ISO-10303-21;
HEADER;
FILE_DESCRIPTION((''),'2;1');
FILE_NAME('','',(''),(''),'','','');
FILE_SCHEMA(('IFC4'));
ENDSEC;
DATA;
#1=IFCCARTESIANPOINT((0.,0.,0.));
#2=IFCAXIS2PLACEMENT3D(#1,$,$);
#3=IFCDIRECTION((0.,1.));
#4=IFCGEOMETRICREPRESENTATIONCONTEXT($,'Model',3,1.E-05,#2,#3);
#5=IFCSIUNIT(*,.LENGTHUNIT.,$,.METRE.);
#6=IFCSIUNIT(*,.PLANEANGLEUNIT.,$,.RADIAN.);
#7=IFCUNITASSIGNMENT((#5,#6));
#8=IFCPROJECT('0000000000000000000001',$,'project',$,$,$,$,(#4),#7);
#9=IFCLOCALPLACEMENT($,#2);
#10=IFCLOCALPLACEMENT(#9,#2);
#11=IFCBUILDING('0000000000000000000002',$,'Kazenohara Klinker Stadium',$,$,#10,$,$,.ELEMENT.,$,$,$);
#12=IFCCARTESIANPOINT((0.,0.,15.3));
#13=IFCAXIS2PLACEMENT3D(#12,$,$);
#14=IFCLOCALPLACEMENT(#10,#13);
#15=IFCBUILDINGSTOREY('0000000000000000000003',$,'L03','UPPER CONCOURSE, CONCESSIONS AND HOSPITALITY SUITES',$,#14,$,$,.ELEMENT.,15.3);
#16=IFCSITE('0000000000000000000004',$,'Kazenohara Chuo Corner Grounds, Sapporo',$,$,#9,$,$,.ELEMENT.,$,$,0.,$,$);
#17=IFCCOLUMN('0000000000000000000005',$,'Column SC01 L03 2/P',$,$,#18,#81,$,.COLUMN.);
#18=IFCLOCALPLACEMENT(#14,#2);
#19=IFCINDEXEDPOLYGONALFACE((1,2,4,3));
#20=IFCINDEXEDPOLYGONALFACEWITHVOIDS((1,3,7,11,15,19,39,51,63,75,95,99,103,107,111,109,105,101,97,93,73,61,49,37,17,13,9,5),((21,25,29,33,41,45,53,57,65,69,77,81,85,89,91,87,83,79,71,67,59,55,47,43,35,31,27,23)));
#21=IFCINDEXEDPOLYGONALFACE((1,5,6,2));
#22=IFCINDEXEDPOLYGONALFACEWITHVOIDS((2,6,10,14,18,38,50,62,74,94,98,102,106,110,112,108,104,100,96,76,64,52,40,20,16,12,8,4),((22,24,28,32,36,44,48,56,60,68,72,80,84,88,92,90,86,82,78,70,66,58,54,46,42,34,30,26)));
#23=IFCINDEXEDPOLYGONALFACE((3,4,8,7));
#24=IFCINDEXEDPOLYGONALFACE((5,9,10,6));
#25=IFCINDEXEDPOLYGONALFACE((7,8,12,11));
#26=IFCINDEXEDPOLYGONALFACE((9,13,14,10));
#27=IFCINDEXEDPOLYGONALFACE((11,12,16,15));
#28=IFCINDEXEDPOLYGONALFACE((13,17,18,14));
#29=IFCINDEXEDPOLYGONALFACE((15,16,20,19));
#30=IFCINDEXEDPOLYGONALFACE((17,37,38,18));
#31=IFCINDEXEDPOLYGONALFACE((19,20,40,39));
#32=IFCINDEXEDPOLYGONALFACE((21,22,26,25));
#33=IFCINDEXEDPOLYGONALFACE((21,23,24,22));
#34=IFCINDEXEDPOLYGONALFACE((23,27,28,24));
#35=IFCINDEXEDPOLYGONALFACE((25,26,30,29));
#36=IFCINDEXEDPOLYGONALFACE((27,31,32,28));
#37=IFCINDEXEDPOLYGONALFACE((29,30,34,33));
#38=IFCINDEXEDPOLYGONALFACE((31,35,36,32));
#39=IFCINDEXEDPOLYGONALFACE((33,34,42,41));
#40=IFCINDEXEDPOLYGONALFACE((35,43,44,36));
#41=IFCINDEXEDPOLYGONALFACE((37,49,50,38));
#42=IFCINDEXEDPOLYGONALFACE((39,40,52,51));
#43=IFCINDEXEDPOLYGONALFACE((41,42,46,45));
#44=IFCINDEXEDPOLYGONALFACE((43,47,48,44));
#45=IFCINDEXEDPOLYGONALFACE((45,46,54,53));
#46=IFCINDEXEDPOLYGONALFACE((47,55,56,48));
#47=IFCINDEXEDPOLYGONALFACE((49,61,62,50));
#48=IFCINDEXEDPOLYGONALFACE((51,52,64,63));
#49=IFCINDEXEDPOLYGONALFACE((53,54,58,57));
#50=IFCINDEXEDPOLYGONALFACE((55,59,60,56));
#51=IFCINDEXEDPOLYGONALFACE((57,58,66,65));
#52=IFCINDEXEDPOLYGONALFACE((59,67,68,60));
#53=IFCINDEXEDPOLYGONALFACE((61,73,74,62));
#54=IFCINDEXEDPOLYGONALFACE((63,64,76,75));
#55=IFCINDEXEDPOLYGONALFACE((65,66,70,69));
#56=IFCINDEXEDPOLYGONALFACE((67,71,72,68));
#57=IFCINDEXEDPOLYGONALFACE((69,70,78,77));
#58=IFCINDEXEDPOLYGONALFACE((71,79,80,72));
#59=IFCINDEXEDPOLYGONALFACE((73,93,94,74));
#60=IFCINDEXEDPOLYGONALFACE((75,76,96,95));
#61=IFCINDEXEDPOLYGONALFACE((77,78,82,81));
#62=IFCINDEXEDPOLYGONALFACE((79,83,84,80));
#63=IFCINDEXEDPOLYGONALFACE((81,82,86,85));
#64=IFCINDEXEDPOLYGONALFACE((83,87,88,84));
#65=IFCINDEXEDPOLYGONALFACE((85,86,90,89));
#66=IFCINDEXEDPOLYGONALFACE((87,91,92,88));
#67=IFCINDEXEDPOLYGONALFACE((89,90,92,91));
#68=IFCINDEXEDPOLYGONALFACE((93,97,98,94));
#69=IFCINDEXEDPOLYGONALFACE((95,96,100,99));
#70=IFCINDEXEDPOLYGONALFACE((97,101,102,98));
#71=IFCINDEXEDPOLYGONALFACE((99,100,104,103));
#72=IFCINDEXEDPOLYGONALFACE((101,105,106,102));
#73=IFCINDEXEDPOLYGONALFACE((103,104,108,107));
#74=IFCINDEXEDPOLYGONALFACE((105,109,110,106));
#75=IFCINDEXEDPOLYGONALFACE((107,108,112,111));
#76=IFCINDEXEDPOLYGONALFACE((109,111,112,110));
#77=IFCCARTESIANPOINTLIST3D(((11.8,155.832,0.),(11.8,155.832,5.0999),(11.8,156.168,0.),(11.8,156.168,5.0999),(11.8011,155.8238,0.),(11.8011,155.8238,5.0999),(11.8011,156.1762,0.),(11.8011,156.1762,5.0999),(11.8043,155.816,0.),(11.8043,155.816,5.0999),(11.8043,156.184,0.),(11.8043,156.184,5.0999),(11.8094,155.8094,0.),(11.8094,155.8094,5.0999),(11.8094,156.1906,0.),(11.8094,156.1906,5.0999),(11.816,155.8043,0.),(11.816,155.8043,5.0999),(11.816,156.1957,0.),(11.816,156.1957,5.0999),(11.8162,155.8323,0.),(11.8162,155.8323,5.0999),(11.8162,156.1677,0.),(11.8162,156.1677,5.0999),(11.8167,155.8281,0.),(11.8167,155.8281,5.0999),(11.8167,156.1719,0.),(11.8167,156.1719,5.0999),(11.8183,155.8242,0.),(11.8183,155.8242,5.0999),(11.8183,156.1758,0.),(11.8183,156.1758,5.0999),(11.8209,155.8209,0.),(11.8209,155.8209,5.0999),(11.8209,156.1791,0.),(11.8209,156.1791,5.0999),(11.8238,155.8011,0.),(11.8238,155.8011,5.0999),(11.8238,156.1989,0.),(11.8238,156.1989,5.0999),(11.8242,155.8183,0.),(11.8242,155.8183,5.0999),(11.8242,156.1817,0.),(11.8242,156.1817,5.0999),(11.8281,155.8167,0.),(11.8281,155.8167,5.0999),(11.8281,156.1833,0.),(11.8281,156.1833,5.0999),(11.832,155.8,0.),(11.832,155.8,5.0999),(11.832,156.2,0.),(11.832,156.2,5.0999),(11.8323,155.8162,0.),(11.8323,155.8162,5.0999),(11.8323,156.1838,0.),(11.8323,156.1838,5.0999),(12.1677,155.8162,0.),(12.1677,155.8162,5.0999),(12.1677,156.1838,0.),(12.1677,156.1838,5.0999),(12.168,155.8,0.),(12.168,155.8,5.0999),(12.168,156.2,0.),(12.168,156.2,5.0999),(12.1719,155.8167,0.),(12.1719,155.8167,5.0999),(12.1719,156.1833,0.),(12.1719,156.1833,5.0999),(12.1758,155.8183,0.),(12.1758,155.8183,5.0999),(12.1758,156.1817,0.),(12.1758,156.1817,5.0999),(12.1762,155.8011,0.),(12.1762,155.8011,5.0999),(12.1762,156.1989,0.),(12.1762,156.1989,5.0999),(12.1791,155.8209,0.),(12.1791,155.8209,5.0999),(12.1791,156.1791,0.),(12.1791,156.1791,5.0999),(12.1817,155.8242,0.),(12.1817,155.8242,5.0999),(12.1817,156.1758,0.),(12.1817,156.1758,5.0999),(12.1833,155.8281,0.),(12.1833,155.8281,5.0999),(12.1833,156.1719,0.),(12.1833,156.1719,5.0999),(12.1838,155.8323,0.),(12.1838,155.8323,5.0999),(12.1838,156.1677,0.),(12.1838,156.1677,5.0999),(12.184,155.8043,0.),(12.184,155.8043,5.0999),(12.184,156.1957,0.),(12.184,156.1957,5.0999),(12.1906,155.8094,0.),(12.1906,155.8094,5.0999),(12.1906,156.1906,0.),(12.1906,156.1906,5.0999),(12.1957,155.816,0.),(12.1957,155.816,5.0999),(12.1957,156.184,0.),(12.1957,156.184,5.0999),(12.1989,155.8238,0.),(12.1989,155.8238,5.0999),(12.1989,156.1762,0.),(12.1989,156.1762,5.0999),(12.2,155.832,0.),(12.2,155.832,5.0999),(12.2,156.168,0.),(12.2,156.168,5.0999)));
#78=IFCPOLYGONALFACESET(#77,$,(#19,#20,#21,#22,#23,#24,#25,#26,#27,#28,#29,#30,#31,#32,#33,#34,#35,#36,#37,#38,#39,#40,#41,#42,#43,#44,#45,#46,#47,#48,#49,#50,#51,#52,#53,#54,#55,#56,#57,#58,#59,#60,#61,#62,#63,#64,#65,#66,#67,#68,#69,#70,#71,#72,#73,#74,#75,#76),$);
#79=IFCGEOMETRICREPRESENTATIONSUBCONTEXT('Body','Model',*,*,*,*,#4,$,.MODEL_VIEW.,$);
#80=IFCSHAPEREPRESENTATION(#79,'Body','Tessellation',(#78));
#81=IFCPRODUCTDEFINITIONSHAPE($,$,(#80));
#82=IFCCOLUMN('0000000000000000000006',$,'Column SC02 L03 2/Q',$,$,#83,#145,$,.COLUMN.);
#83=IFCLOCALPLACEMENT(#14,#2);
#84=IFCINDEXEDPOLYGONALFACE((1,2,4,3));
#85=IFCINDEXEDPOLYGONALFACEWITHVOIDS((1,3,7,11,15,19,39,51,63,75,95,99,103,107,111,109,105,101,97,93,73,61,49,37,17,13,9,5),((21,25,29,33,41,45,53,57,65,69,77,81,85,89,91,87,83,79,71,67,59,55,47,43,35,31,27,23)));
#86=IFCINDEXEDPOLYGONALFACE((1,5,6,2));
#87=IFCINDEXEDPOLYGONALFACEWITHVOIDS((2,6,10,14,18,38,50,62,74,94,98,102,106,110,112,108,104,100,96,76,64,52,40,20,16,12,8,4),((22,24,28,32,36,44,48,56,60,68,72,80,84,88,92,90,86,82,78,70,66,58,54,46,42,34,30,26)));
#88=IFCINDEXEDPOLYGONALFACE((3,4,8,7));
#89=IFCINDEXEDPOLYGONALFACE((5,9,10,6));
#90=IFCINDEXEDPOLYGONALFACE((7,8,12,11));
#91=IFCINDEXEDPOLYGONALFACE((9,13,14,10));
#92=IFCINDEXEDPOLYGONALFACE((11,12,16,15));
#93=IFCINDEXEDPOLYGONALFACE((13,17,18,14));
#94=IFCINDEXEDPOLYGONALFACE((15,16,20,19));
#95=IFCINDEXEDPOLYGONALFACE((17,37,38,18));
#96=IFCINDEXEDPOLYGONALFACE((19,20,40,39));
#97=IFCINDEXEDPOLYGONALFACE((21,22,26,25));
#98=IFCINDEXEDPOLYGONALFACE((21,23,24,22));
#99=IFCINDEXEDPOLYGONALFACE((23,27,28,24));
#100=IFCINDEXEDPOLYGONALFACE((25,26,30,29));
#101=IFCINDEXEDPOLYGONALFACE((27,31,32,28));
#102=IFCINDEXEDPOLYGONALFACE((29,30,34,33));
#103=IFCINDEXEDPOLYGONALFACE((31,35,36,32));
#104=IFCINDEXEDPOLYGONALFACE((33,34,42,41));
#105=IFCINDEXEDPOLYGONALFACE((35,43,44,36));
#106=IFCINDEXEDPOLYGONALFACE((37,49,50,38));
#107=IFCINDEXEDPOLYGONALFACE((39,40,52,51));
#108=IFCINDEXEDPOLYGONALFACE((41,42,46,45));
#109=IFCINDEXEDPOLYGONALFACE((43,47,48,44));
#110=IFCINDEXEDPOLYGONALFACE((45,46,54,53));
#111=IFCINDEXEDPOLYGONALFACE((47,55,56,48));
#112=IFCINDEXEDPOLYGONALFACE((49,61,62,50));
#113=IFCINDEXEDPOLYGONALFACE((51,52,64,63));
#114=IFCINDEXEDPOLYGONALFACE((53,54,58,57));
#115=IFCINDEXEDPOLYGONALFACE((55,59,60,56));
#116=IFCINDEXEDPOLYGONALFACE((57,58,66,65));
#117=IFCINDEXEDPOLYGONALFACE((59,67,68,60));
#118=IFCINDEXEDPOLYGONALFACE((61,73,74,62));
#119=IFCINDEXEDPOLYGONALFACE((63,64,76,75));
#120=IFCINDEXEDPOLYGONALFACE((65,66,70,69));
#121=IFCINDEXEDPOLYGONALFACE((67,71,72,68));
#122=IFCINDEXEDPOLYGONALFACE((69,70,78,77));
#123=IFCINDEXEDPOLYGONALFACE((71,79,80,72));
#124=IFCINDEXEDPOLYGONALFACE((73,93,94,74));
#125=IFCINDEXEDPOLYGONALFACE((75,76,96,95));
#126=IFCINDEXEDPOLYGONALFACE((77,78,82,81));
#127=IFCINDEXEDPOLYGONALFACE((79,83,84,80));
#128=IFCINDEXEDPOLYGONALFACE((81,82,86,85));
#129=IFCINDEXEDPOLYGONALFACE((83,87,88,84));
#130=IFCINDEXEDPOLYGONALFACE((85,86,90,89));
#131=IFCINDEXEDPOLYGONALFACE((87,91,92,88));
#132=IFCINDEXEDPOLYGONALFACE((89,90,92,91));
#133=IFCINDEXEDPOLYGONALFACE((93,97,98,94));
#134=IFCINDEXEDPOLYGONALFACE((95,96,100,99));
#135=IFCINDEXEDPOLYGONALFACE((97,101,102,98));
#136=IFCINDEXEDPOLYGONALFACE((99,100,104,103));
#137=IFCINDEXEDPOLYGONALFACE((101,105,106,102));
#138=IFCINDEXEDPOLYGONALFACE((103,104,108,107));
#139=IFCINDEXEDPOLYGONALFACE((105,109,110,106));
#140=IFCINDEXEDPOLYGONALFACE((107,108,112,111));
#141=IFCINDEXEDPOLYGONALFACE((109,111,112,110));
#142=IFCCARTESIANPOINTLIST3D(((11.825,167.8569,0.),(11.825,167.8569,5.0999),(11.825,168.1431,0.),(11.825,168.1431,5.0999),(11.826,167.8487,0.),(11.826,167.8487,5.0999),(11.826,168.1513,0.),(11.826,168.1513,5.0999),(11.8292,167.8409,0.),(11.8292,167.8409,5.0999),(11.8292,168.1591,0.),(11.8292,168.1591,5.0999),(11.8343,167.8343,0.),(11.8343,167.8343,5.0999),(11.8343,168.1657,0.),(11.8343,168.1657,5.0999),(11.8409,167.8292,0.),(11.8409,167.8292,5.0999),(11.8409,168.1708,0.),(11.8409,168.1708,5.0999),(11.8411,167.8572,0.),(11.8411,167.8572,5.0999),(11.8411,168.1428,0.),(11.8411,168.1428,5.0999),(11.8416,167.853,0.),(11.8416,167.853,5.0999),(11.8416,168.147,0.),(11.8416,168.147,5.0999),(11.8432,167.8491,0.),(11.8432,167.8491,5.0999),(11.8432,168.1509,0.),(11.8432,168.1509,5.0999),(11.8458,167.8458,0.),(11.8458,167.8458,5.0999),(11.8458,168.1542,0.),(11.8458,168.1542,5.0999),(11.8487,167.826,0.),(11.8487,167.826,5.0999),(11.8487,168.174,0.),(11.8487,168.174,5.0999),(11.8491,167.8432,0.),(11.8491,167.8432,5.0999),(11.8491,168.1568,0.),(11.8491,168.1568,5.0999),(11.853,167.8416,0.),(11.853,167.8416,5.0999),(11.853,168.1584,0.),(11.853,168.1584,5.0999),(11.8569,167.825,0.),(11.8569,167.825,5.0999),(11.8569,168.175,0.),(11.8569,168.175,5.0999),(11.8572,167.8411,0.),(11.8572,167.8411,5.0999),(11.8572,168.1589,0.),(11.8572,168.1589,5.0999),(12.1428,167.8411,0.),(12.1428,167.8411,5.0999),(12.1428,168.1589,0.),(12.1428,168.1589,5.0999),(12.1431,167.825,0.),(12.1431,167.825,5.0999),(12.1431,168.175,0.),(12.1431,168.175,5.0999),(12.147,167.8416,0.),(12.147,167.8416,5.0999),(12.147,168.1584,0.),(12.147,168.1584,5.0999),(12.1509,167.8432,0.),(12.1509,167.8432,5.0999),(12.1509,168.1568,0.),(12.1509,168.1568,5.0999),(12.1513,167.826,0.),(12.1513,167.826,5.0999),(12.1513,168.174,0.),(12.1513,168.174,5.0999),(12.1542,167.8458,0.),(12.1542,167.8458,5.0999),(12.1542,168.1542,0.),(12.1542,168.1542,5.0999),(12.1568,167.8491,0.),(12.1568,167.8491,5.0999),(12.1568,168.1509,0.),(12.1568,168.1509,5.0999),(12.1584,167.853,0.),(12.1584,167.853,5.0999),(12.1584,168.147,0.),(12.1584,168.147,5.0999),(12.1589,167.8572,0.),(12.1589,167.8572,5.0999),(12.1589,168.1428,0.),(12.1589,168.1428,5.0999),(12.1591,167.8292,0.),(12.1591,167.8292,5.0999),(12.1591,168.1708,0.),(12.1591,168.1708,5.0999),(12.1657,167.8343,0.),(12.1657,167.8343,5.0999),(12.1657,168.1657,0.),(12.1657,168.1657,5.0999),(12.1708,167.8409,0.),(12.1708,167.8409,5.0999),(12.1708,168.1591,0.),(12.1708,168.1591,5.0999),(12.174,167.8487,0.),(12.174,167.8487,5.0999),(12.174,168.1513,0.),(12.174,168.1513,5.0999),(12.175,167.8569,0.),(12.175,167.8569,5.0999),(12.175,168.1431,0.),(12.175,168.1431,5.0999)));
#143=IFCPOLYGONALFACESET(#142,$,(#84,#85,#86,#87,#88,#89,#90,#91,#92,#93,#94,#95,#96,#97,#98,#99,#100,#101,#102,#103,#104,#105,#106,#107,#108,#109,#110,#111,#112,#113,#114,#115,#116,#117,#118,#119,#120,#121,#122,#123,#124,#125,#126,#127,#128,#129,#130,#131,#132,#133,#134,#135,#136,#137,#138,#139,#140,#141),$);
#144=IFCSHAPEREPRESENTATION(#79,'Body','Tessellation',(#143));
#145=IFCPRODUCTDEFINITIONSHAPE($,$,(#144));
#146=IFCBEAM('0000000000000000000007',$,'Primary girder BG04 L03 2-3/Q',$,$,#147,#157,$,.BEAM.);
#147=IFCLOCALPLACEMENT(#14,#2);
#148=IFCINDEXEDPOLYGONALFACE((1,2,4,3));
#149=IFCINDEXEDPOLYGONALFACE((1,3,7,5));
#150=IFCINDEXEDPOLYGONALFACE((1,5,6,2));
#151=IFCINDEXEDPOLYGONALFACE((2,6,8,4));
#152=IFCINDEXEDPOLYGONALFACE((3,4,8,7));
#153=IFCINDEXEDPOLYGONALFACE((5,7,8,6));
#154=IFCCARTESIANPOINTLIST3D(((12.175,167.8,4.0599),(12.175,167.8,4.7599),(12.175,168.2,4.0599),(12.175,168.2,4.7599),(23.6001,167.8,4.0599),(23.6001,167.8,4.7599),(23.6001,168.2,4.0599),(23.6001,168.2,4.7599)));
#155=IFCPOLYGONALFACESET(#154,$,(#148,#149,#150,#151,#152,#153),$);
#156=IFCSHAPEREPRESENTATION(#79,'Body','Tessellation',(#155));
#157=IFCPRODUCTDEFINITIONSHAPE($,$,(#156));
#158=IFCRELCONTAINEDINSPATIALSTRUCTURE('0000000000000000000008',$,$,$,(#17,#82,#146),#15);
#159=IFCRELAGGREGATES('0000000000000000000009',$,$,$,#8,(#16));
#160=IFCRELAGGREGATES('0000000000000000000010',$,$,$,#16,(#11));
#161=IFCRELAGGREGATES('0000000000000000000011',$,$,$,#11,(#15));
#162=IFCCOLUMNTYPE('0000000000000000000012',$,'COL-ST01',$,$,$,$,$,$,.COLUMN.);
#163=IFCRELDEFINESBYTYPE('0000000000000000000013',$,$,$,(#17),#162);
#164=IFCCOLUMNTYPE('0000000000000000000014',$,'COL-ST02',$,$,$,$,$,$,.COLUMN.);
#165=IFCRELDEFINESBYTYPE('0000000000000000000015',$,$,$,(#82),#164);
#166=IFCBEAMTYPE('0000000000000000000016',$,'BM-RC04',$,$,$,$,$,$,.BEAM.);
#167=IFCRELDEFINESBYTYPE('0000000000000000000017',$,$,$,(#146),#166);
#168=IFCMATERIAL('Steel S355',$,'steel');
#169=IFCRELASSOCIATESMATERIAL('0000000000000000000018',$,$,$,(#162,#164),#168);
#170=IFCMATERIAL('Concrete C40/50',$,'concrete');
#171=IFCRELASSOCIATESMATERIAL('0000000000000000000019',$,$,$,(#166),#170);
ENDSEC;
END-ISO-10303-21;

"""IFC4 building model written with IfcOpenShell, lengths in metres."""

from ifc_helpers import new_model, si_unit, direction, frame, origin, origin_2d, place, context, subcontext, project, spatial, rectangle, hollow_rectangle, extrude, material, material_profile, profile_set, type_object, element, save


model = new_model("IFC4")

# Units and contexts
model_context = context("Model", 3, precision=1e-05, world=origin(), true_north=direction((0.0, 1.0)))
body_context = subcontext(model_context, "Body", "Model", "MODEL_VIEW")
ifc_project = project(units=[si_unit("LENGTHUNIT", "METRE"), si_unit("PLANEANGLEUNIT", "RADIAN")], contexts=[model_context])

# Site, building, storey
site_placement = place(None, origin())
site = spatial("IfcSite", under=ifc_project, at=site_placement, Name="Kazenohara Chuo Corner Grounds, Sapporo", CompositionType="ELEMENT", RefElevation=0.0)
building_placement = place(site_placement, origin())
building = spatial("IfcBuilding", under=site, at=building_placement, Name="Kazenohara Klinker Stadium", CompositionType="ELEMENT")
storey_placement = place(building_placement, frame((0.0, 0.0, 15.3)))
storey = spatial("IfcBuildingStorey", under=building, at=storey_placement, Name="L03", Description="UPPER CONCOURSE, CONCESSIONS AND HOSPITALITY SUITES", CompositionType="ELEMENT", Elevation=15.3)

# Columns
ifc_material_1 = material(Name="Steel S355", Category="steel")
ifc_material_profile_1 = material_profile(ifc_material_1, hollow_rectangle(XDim=0.3999, YDim=0.3999, WallThickness=0.0161, InnerFilletRadius=0.0161, OuterFilletRadius=0.032, at=origin_2d()), Name="SHS-400x400x16")
ifc_profile_set_1 = profile_set([ifc_material_profile_1], Name="Steel S355")
column_type_1 = type_object("IfcColumnType", Name="COL-ST01", PredefinedType="COLUMN", material=ifc_profile_set_1)
column_1_placement = place(storey_placement, frame((12.0, 156.0, 0.0), z_axis=(0.0, 0.0, 1.0), x_axis=(1.0, 0.0, 0.0)))
element("IfcColumn", 1, at=column_1_placement, inside=storey, type_object=column_type_1, Name="Column SC01 L03 2/P", PredefinedType="COLUMN", context=body_context, shape_type="SweptSolid", body=[
    extrude(hollow_rectangle(XDim=0.3999, YDim=0.3999, WallThickness=0.0161, InnerFilletRadius=0.0161, OuterFilletRadius=0.032, at=origin_2d()), origin(), (0.0, 0.0, 1.0), 5.0999),
])
ifc_material_profile_2 = material_profile(ifc_material_1, hollow_rectangle(XDim=0.3501, YDim=0.3501, WallThickness=0.0161, InnerFilletRadius=0.0161, OuterFilletRadius=0.032, at=origin_2d()), Name="SHS-350x350x16")
ifc_profile_set_2 = profile_set([ifc_material_profile_2], Name="Steel S355")
column_type_2 = type_object("IfcColumnType", Name="COL-ST02", PredefinedType="COLUMN", material=ifc_profile_set_2)
column_2_placement = place(storey_placement, frame((12.0, 168.0, 0.0), z_axis=(0.0, 0.0, 1.0), x_axis=(1.0, 0.0, 0.0)))
element("IfcColumn", 2, at=column_2_placement, inside=storey, type_object=column_type_2, Name="Column SC02 L03 2/Q", PredefinedType="COLUMN", context=body_context, shape_type="SweptSolid", body=[
    extrude(hollow_rectangle(XDim=0.3501, YDim=0.3501, WallThickness=0.0161, InnerFilletRadius=0.0161, OuterFilletRadius=0.032, at=origin_2d()), origin(), (0.0, 0.0, 1.0), 5.0999),
])

# Beam
ifc_material_2 = material(Name="Concrete C40/50", Category="concrete")
ifc_material_profile_3 = material_profile(ifc_material_2, rectangle(XDim=0.3999, YDim=0.7, at=origin_2d()), Name="RC-BM-400x700")
ifc_profile_set_3 = profile_set([ifc_material_profile_3], Name="Concrete C40/50")
beam_type_1 = type_object("IfcBeamType", Name="BM-RC04", PredefinedType="BEAM", material=ifc_profile_set_3)
beam_placement = place(storey_placement, frame((12.175, 168.0, 4.4099), z_axis=(1.0, 0.0, 0.0), x_axis=(0.0, 1.0, 0.0)))
element("IfcBeam", 3, at=beam_placement, inside=storey, type_object=beam_type_1, Name="Primary girder BG04 L03 2-3/Q", PredefinedType="BEAM", context=body_context, shape_type="SweptSolid", body=[
    extrude(rectangle(XDim=0.3999, YDim=0.7, at=origin_2d()), origin(), (0.0, 0.0, 1.0), 11.425),
])

save(model, "model.ifc")
